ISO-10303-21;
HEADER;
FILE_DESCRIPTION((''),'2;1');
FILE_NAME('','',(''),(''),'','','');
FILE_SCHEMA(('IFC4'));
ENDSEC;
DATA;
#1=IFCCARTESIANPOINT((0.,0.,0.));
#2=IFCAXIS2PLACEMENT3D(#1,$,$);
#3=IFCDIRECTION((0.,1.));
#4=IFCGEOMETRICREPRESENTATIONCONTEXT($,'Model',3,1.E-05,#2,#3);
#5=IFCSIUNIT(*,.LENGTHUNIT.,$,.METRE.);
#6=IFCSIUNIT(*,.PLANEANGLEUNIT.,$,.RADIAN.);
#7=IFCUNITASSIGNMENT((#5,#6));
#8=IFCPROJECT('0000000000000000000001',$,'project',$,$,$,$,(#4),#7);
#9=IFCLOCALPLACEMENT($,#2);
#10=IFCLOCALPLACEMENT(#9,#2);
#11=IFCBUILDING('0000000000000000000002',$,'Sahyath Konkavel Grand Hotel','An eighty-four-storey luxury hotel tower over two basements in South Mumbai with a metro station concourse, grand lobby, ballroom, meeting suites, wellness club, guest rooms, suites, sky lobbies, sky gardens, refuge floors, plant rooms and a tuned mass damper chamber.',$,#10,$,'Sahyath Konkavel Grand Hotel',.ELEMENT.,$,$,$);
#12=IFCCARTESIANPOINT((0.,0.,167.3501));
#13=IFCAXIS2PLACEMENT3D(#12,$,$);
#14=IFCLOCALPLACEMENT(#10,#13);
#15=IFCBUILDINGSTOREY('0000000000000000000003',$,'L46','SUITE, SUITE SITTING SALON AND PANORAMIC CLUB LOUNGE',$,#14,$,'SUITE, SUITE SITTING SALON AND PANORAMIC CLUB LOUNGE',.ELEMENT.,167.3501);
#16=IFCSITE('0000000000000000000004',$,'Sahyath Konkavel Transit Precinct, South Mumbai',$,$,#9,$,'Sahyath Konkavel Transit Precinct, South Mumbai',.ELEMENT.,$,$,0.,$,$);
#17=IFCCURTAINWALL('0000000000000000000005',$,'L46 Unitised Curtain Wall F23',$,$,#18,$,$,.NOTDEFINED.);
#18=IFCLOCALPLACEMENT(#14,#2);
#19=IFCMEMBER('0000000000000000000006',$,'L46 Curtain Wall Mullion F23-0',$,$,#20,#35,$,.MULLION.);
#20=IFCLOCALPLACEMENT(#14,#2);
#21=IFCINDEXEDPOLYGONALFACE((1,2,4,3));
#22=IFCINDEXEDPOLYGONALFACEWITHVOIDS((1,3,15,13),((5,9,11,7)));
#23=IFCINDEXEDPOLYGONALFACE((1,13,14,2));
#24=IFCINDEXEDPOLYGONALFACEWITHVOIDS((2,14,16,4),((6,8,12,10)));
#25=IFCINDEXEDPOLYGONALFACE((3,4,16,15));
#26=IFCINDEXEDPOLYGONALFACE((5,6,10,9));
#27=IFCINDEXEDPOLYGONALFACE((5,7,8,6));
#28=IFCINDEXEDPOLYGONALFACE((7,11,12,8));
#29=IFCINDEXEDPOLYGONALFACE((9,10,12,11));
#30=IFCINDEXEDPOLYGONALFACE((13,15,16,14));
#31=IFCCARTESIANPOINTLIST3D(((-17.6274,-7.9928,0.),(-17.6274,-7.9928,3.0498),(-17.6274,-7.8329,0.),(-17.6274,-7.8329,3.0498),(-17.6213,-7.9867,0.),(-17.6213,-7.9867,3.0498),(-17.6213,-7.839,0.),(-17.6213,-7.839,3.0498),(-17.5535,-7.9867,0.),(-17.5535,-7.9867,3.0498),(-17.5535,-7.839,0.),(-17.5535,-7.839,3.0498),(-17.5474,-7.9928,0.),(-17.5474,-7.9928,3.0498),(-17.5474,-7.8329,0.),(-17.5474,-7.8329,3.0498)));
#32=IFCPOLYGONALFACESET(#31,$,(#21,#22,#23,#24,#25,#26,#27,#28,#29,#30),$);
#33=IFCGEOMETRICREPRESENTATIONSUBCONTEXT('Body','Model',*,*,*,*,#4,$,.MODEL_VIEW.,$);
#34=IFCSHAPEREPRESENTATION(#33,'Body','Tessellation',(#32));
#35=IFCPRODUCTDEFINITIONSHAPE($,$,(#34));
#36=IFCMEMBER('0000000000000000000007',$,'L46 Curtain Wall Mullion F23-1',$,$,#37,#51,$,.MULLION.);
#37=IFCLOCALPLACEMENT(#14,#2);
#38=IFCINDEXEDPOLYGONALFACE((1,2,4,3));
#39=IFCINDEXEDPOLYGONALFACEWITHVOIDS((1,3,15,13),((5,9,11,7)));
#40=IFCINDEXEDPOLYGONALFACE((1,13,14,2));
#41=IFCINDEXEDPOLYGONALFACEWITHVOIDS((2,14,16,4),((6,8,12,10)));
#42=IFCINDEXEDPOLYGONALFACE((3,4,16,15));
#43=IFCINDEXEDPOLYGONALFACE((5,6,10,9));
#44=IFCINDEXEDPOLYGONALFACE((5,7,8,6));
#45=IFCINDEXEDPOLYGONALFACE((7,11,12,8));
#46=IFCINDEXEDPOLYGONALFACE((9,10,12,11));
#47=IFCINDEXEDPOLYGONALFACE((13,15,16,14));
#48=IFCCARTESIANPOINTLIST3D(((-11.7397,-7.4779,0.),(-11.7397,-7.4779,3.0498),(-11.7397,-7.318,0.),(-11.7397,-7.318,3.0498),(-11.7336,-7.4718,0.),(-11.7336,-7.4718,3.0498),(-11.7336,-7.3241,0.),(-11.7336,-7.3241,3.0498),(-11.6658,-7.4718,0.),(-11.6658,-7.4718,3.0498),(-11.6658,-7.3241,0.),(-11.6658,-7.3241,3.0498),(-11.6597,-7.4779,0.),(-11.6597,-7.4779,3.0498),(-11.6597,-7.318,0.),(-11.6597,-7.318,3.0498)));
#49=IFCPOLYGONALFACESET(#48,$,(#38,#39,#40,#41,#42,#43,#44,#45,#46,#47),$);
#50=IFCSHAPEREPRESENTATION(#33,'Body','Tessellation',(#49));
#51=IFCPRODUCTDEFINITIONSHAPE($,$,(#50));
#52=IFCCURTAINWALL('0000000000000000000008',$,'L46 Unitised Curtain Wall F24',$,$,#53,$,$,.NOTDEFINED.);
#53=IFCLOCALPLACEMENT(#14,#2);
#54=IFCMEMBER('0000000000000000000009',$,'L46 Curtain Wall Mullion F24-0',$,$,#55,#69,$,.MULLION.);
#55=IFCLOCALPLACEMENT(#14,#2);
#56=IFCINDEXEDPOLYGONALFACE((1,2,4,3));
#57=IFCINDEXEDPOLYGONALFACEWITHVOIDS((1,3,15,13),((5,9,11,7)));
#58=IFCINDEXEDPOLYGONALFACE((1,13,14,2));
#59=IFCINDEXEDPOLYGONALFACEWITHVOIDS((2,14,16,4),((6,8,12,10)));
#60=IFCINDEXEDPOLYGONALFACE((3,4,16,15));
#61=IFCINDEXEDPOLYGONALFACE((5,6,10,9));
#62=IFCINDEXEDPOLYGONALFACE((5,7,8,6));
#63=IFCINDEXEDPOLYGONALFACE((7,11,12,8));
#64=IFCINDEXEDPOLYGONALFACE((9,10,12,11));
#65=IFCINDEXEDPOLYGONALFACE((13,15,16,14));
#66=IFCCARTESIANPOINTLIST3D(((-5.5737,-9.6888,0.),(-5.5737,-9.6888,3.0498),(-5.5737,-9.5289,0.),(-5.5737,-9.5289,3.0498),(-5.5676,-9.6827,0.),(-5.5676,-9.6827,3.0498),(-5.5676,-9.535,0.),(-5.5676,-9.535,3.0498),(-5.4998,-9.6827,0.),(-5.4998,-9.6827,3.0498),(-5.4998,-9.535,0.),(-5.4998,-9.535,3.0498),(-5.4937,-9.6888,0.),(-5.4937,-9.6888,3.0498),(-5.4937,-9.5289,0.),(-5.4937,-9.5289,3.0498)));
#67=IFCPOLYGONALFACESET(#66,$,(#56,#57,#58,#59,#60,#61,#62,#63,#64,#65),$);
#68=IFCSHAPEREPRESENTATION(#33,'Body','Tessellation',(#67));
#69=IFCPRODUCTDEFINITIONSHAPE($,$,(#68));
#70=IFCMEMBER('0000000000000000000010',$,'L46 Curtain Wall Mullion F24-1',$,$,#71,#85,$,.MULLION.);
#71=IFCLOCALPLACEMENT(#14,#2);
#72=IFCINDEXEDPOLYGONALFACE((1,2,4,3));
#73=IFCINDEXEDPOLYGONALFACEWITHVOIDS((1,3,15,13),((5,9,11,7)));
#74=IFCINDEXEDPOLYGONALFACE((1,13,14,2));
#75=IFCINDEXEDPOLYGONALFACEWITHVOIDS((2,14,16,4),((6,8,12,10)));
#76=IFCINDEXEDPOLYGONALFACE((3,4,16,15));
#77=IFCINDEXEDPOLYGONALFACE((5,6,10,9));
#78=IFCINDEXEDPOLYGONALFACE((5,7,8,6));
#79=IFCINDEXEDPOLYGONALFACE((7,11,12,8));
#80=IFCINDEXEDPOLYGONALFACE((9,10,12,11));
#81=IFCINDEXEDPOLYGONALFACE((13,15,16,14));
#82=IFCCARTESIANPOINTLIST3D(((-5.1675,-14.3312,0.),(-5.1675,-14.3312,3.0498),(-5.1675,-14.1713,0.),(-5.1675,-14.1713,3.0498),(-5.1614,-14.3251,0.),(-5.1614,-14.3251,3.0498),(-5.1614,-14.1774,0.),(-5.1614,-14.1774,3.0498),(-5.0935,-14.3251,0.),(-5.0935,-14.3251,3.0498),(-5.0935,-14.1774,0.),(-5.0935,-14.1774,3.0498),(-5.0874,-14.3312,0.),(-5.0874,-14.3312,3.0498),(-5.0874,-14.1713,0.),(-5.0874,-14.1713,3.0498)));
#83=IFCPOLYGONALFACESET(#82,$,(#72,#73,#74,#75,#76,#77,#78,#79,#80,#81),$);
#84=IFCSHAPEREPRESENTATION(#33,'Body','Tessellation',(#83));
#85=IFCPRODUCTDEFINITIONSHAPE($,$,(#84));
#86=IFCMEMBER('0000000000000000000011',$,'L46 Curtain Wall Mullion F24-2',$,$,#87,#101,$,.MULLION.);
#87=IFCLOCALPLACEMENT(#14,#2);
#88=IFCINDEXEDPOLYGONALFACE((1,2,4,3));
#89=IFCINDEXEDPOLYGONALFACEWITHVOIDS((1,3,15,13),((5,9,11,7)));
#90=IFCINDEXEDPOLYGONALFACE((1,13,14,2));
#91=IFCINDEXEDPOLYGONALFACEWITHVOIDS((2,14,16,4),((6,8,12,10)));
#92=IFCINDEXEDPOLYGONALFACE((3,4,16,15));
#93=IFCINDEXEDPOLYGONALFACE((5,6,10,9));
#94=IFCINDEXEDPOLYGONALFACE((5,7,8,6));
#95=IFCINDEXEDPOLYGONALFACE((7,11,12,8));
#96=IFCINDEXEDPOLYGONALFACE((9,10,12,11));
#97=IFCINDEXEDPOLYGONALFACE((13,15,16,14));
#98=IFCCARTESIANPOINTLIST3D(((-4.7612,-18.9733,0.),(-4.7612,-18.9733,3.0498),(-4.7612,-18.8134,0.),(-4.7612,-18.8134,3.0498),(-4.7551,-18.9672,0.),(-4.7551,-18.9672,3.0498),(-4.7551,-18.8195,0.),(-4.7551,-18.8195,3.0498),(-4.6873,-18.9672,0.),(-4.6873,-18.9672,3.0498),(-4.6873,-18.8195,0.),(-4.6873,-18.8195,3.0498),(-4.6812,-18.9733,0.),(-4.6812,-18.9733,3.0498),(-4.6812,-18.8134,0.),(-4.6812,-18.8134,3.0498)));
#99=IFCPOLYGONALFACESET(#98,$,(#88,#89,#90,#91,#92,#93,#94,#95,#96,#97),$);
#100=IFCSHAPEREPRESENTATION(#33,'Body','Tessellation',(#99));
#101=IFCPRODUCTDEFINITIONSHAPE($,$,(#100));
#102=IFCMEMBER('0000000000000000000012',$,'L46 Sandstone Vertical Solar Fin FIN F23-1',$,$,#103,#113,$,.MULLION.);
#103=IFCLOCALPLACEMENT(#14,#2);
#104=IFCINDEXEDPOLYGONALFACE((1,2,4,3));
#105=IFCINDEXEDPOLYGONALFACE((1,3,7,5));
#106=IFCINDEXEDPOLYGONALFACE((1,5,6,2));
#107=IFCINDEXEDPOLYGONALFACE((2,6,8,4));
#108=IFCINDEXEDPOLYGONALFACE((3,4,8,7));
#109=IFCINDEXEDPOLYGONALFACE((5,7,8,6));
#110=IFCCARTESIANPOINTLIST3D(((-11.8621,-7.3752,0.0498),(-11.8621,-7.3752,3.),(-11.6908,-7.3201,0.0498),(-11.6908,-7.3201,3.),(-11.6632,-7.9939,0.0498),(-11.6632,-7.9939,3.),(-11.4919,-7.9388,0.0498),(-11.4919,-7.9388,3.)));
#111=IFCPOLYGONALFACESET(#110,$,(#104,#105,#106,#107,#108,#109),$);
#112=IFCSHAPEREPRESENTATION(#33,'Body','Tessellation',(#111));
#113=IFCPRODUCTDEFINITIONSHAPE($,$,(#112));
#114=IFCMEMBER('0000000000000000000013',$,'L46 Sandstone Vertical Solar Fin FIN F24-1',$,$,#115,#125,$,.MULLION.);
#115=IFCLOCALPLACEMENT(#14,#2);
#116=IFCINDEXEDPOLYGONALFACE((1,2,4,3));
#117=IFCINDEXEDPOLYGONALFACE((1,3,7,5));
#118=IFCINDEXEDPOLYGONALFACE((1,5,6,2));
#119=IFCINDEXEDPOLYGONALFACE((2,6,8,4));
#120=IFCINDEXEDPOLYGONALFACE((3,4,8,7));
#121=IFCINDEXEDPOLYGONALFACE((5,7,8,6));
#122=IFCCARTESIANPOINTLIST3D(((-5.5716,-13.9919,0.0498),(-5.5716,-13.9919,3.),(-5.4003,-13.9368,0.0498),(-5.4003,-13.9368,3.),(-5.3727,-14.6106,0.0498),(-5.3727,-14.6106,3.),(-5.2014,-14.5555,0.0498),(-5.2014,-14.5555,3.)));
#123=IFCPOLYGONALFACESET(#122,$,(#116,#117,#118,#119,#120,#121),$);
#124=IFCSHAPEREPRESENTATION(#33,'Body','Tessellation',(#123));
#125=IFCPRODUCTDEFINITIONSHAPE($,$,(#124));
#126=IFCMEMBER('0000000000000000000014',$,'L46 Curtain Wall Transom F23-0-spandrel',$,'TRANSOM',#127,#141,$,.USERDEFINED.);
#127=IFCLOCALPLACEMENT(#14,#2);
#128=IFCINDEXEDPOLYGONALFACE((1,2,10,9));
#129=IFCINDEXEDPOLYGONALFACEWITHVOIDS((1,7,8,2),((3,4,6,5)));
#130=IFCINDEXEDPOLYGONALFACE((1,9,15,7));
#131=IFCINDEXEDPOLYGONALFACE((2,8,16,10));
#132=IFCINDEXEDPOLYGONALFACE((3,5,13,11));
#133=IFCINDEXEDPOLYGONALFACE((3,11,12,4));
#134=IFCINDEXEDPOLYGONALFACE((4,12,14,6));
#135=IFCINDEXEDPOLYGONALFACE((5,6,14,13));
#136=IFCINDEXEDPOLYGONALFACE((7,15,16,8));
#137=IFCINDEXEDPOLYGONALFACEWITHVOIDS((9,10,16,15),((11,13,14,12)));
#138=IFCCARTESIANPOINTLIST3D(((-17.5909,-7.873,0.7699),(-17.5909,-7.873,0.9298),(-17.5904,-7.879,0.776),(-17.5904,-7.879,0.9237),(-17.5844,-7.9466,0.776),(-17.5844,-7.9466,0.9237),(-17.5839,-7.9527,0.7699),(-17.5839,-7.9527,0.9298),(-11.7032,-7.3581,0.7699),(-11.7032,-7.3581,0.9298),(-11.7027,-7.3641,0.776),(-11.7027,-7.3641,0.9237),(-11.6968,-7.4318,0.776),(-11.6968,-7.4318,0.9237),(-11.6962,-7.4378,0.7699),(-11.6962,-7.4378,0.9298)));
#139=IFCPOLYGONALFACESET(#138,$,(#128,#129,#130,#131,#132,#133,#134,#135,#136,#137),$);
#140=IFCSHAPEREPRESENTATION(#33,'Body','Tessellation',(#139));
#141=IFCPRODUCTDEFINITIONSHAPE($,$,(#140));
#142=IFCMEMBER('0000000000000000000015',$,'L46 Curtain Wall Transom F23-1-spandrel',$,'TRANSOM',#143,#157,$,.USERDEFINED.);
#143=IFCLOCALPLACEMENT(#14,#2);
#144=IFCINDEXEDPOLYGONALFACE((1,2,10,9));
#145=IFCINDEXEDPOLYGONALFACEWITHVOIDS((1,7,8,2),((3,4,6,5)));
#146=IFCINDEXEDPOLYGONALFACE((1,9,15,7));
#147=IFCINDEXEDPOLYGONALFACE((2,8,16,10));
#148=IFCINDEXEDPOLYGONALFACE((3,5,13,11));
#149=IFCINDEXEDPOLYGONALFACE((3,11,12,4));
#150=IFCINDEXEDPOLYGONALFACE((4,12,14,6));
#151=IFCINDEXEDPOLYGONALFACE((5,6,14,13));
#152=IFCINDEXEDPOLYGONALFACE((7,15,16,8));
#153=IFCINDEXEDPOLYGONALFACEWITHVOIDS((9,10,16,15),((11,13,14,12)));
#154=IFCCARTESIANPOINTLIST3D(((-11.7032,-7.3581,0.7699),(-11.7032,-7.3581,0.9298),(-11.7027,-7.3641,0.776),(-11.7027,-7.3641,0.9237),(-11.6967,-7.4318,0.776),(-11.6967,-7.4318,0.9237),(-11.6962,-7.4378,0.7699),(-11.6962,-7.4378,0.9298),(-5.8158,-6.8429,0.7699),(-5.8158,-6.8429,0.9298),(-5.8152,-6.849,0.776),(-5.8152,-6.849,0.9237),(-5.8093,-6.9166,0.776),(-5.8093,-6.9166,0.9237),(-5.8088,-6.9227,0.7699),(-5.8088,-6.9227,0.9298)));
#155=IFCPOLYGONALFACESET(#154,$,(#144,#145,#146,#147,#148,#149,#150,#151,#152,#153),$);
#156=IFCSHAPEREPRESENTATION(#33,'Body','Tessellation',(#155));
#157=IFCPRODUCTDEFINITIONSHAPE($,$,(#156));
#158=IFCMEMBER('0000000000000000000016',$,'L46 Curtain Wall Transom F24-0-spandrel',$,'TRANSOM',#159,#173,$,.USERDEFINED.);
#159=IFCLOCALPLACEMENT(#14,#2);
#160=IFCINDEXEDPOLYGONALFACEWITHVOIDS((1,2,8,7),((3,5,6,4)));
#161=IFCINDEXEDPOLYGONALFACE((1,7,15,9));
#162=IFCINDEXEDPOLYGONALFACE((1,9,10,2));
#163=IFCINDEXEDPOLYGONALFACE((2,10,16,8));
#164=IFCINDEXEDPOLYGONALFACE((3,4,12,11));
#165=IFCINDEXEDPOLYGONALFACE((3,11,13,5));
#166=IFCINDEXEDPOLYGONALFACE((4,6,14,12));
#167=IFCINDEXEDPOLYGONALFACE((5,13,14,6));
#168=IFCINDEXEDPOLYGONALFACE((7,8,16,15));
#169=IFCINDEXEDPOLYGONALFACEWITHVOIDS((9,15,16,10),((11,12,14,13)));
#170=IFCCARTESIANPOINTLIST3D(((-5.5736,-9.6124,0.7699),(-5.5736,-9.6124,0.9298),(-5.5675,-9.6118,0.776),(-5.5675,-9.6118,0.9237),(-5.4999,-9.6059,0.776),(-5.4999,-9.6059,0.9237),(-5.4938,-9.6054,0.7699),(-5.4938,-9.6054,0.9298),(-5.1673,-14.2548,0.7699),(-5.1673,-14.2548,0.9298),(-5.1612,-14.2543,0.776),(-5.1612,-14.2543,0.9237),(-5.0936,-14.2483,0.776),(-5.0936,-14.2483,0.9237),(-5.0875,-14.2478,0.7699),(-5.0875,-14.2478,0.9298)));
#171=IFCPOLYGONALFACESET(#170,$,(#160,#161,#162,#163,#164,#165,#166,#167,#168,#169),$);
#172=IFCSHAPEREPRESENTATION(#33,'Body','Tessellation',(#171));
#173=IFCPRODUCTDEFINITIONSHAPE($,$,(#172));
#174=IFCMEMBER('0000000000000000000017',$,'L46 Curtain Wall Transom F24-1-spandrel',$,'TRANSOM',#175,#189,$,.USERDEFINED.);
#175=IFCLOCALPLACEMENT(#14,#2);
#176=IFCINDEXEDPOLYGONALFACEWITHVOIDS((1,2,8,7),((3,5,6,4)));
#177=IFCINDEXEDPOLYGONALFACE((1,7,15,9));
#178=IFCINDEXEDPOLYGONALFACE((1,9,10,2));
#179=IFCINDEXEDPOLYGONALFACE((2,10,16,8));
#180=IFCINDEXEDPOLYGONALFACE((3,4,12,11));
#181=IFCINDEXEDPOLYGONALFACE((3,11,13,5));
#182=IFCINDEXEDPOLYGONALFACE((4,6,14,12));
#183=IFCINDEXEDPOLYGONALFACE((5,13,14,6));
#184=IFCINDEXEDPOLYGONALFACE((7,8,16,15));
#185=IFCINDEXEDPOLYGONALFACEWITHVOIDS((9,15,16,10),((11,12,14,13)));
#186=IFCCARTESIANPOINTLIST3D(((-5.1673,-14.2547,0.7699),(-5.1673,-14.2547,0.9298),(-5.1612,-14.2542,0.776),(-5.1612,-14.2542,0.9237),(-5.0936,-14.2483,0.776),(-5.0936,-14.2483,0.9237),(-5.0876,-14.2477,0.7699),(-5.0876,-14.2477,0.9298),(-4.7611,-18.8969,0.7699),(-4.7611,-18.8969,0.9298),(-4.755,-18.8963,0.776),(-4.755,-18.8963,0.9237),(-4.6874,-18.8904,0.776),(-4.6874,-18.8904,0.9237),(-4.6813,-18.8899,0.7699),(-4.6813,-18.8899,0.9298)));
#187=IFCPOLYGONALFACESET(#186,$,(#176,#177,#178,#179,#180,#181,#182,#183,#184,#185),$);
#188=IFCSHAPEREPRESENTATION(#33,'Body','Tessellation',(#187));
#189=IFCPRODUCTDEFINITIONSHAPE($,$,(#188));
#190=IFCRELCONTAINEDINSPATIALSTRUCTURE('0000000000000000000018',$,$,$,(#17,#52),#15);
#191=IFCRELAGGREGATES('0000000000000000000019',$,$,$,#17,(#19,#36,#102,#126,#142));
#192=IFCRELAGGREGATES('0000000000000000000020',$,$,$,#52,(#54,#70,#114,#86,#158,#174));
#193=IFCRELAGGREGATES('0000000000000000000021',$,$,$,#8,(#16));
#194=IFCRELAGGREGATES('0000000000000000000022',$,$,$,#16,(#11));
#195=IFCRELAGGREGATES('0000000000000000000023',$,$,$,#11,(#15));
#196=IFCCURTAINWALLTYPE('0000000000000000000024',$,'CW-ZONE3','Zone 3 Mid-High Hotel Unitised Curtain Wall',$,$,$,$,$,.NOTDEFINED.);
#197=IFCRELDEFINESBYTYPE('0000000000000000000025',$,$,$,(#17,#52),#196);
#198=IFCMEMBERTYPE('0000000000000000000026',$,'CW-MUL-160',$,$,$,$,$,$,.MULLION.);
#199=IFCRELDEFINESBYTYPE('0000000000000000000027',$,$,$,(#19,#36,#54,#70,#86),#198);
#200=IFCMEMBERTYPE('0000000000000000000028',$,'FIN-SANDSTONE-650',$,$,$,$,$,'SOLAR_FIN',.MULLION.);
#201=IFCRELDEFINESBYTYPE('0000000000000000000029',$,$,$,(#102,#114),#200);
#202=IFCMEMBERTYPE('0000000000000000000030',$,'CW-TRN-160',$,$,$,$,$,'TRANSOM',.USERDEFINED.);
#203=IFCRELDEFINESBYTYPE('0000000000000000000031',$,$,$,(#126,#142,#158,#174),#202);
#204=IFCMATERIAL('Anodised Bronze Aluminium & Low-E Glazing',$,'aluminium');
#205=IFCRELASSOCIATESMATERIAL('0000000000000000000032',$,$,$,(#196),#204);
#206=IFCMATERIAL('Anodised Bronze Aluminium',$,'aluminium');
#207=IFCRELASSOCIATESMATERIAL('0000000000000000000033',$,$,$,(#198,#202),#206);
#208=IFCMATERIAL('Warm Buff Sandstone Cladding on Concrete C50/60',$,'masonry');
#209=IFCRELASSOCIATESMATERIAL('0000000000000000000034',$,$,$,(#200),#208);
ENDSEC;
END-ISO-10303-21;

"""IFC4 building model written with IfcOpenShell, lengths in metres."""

from ifc_helpers import new_model, si_unit, direction, frame, origin, origin_2d, place, context, subcontext, project, spatial, rectangle, hollow_rectangle, extrude, source, transform, mapped, material, material_profile, profile_set, type_object, element, aggregate, save


model = new_model("IFC4")

# Units and contexts
model_context = context("Model", 3, precision=1e-05, world=origin(), true_north=direction((0.0, 1.0)))
body_context = subcontext(model_context, "Body", "Model", "MODEL_VIEW")
ifc_project = project(units=[si_unit("LENGTHUNIT", "METRE"), si_unit("PLANEANGLEUNIT", "RADIAN")], contexts=[model_context])

# Site, building, storey
site_placement = place(None, origin())
site = spatial("IfcSite", under=ifc_project, at=site_placement, Name="Sahyath Konkavel Transit Precinct, South Mumbai", LongName="Sahyath Konkavel Transit Precinct, South Mumbai", CompositionType="ELEMENT", RefElevation=0.0)
building_placement = place(site_placement, origin())
building = spatial("IfcBuilding", under=site, at=building_placement, Name="Sahyath Konkavel Grand Hotel", Description="An eighty-four-storey luxury hotel tower over two basements in South Mumbai with a metro station concourse, grand lobby, ballroom, meeting suites, wellness club, guest rooms, suites, sky lobbies, sky gardens, refuge floors, plant rooms and a tuned mass damper chamber.", LongName="Sahyath Konkavel Grand Hotel", CompositionType="ELEMENT")
storey_placement = place(building_placement, frame((0.0, 0.0, 167.3501)))
storey = spatial("IfcBuildingStorey", under=building, at=storey_placement, Name="L46", Description="SUITE, SUITE SITTING SALON AND PANORAMIC CLUB LOUNGE", LongName="SUITE, SUITE SITTING SALON AND PANORAMIC CLUB LOUNGE", CompositionType="ELEMENT", Elevation=167.3501)

# Curtain walls, members
ifc_material_1 = material(Name="Anodised Bronze Aluminium & Low-E Glazing", Category="aluminium")
curtain_wall_type = type_object("IfcCurtainWallType", Name="CW-ZONE3", Description="Zone 3 Mid-High Hotel Unitised Curtain Wall", PredefinedType="NOTDEFINED", material=ifc_material_1)
curtain_wall_1_placement = place(storey_placement, origin())
curtain_wall_1 = element("IfcCurtainWall", 1, at=curtain_wall_1_placement, inside=storey, type_object=curtain_wall_type, Name="L46 Unitised Curtain Wall F23", PredefinedType="NOTDEFINED")
ifc_material_2 = material(Name="Anodised Bronze Aluminium", Category="aluminium")
ifc_material_profile_1 = material_profile(ifc_material_2, hollow_rectangle(XDim=0.0801, YDim=0.1599, WallThickness=0.0061, at=origin_2d()), Name="RHS 160x80x6")
ifc_profile_set_1 = profile_set([ifc_material_profile_1], Name="Anodised Bronze Aluminium")
member_type_1 = type_object("IfcMemberType", Name="CW-MUL-160", PredefinedType="MULLION", material=ifc_profile_set_1)
shared_shape_1 = source(origin(), body_context, "Body", "SweptSolid", [
    extrude(hollow_rectangle(XDim=0.0801, YDim=0.1599, WallThickness=0.0061, at=origin_2d()), origin(), (0.0, 0.0, 1.0), 3.0498),
])
member_1_placement = place(storey_placement, frame((-17.5874, -7.9128, 0.0), z_axis=(0.0, 0.0, 1.0), x_axis=(1.0, 0.0, 0.0)))
member_1 = element("IfcMember", 2, at=member_1_placement, type_object=member_type_1, Name="L46 Curtain Wall Mullion F23-0", PredefinedType="MULLION", context=body_context, shape_type="MappedRepresentation", body=[
    mapped(shared_shape_1, transform((0.0, 0.0, 0.0), scale=1.0)),
])
member_2_placement = place(storey_placement, frame((-11.6997, -7.3979, 0.0), z_axis=(0.0, 0.0, 1.0), x_axis=(1.0, 0.0, 0.0)))
member_2 = element("IfcMember", 3, at=member_2_placement, type_object=member_type_1, Name="L46 Curtain Wall Mullion F23-1", PredefinedType="MULLION", context=body_context, shape_type="MappedRepresentation", body=[
    mapped(shared_shape_1, transform((0.0, 0.0, 0.0), scale=1.0)),
])
curtain_wall_2_placement = place(storey_placement, origin())
curtain_wall_2 = element("IfcCurtainWall", 4, at=curtain_wall_2_placement, inside=storey, type_object=curtain_wall_type, Name="L46 Unitised Curtain Wall F24", PredefinedType="NOTDEFINED")
member_3_placement = place(storey_placement, frame((-5.5337, -9.6089, 0.0), z_axis=(0.0, 0.0, 1.0), x_axis=(1.0, 0.0, 0.0)))
member_3 = element("IfcMember", 5, at=member_3_placement, type_object=member_type_1, Name="L46 Curtain Wall Mullion F24-0", PredefinedType="MULLION", context=body_context, shape_type="MappedRepresentation", body=[
    mapped(shared_shape_1, transform((0.0, 0.0, 0.0), scale=1.0)),
])
member_4_placement = place(storey_placement, frame((-5.1274, -14.2512, 0.0), z_axis=(0.0, 0.0, 1.0), x_axis=(1.0, 0.0, 0.0)))
member_4 = element("IfcMember", 6, at=member_4_placement, type_object=member_type_1, Name="L46 Curtain Wall Mullion F24-1", PredefinedType="MULLION", context=body_context, shape_type="MappedRepresentation", body=[
    mapped(shared_shape_1, transform((0.0, 0.0, 0.0), scale=1.0)),
])
member_5_placement = place(storey_placement, frame((-4.7212, -18.8933, 0.0), z_axis=(0.0, 0.0, 1.0), x_axis=(1.0, 0.0, 0.0)))
member_5 = element("IfcMember", 7, at=member_5_placement, type_object=member_type_1, Name="L46 Curtain Wall Mullion F24-2", PredefinedType="MULLION", context=body_context, shape_type="MappedRepresentation", body=[
    mapped(shared_shape_1, transform((0.0, 0.0, 0.0), scale=1.0)),
])

# Members
ifc_material_3 = material(Name="Warm Buff Sandstone Cladding on Concrete C50/60", Category="masonry")
ifc_material_profile_2 = material_profile(ifc_material_3, rectangle(XDim=0.1799, YDim=0.6499, at=origin_2d()), Name="FIN 180x650")
ifc_profile_set_2 = profile_set([ifc_material_profile_2], Name="Warm Buff Sandstone Cladding on Concrete C50/60")
member_type_2 = type_object("IfcMemberType", Name="FIN-SANDSTONE-650", ElementType="SOLAR_FIN", PredefinedType="MULLION", material=ifc_profile_set_2)
shared_shape_2 = source(origin(), body_context, "Body", "SweptSolid", [
    extrude(rectangle(XDim=0.1799, YDim=0.6499, at=origin_2d()), origin(), (0.0, 0.0, 1.0), 2.9502),
])
member_6_placement = place(storey_placement, frame((-11.677, -7.657, 0.0498), z_axis=(0.0, 0.0, 1.0), x_axis=(0.952023, 0.306028, 0.0)))
member_6 = element("IfcMember", 8, at=member_6_placement, type_object=member_type_2, Name="L46 Sandstone Vertical Solar Fin FIN F23-1", PredefinedType="MULLION", context=body_context, shape_type="MappedRepresentation", body=[
    mapped(shared_shape_2, transform((0.0, 0.0, 0.0), scale=1.0)),
])
member_7_placement = place(storey_placement, frame((-5.3865, -14.2737, 0.0498), z_axis=(0.0, 0.0, 1.0), x_axis=(0.952023, 0.306028, 0.0)))
member_7 = element("IfcMember", 9, at=member_7_placement, type_object=member_type_2, Name="L46 Sandstone Vertical Solar Fin FIN F24-1", PredefinedType="MULLION", context=body_context, shape_type="MappedRepresentation", body=[
    mapped(shared_shape_2, transform((0.0, 0.0, 0.0), scale=1.0)),
])
ifc_material_profile_3 = material_profile(ifc_material_2, hollow_rectangle(XDim=0.0801, YDim=0.1599, WallThickness=0.0061, at=origin_2d()), Name="RHS 160x80x6")
ifc_profile_set_3 = profile_set([ifc_material_profile_3], Name="Anodised Bronze Aluminium")
member_type_3 = type_object("IfcMemberType", Name="CW-TRN-160", ElementType="TRANSOM", PredefinedType="USERDEFINED", material=ifc_profile_set_3)
shared_shape_3 = source(origin(), body_context, "Body", "SweptSolid", [
    extrude(hollow_rectangle(XDim=0.0801, YDim=0.1599, WallThickness=0.0061, at=origin_2d()), origin(), (0.0, 0.0, 1.0), 5.9102),
])
member_8_placement = place(storey_placement, frame((-17.5874, -7.9128, 0.8499), z_axis=(0.996198, 0.08712, 0.0), x_axis=(-0.08712, 0.996198, 0.0)))
member_8 = element("IfcMember", 10, at=member_8_placement, type_object=member_type_3, Name="L46 Curtain Wall Transom F23-0-spandrel", ObjectType="TRANSOM", PredefinedType="USERDEFINED", context=body_context, shape_type="MappedRepresentation", body=[
    mapped(shared_shape_3, transform((0.0, 0.0, 0.0), scale=1.0)),
])
shared_shape_4 = source(origin(), body_context, "Body", "SweptSolid", [
    extrude(hollow_rectangle(XDim=0.0801, YDim=0.1599, WallThickness=0.0061, at=origin_2d()), origin(), (0.0, 0.0, 1.0), 5.9099),
])
member_9_placement = place(storey_placement, frame((-11.6997, -7.3979, 0.8499), z_axis=(0.996194, 0.087164, 0.0), x_axis=(-0.087164, 0.996194, 0.0)))
member_9 = element("IfcMember", 11, at=member_9_placement, type_object=member_type_3, Name="L46 Curtain Wall Transom F23-1-spandrel", ObjectType="TRANSOM", PredefinedType="USERDEFINED", context=body_context, shape_type="MappedRepresentation", body=[
    mapped(shared_shape_4, transform((0.0, 0.0, 0.0), scale=1.0)),
])
shared_shape_5 = source(origin(), body_context, "Body", "SweptSolid", [
    extrude(hollow_rectangle(XDim=0.0801, YDim=0.1599, WallThickness=0.0061, at=origin_2d()), origin(), (0.0, 0.0, 1.0), 4.6602),
])
member_10_placement = place(storey_placement, frame((-5.5337, -9.6089, 0.8499), z_axis=(0.087177, -0.996193, 0.0), x_axis=(0.996193, 0.087177, 0.0)))
member_10 = element("IfcMember", 12, at=member_10_placement, type_object=member_type_3, Name="L46 Curtain Wall Transom F24-0-spandrel", ObjectType="TRANSOM", PredefinedType="USERDEFINED", context=body_context, shape_type="MappedRepresentation", body=[
    mapped(shared_shape_5, transform((0.0, 0.0, 0.0), scale=1.0)),
])
shared_shape_6 = source(origin(), body_context, "Body", "SweptSolid", [
    extrude(hollow_rectangle(XDim=0.0801, YDim=0.1599, WallThickness=0.0061, at=origin_2d()), origin(), (0.0, 0.0, 1.0), 4.6599),
])
member_11_placement = place(storey_placement, frame((-5.1274, -14.2512, 0.8499), z_axis=(0.087181, -0.996192, 0.0), x_axis=(0.996192, 0.087181, 0.0)))
member_11 = element("IfcMember", 13, at=member_11_placement, type_object=member_type_3, Name="L46 Curtain Wall Transom F24-1-spandrel", ObjectType="TRANSOM", PredefinedType="USERDEFINED", context=body_context, shape_type="MappedRepresentation", body=[
    mapped(shared_shape_6, transform((0.0, 0.0, 0.0), scale=1.0)),
])

aggregate(curtain_wall_1, [member_1, member_2, member_6, member_8, member_9])
aggregate(curtain_wall_2, [member_3, member_4, member_7, member_5, member_10, member_11])

save(model, "model.ifc")
